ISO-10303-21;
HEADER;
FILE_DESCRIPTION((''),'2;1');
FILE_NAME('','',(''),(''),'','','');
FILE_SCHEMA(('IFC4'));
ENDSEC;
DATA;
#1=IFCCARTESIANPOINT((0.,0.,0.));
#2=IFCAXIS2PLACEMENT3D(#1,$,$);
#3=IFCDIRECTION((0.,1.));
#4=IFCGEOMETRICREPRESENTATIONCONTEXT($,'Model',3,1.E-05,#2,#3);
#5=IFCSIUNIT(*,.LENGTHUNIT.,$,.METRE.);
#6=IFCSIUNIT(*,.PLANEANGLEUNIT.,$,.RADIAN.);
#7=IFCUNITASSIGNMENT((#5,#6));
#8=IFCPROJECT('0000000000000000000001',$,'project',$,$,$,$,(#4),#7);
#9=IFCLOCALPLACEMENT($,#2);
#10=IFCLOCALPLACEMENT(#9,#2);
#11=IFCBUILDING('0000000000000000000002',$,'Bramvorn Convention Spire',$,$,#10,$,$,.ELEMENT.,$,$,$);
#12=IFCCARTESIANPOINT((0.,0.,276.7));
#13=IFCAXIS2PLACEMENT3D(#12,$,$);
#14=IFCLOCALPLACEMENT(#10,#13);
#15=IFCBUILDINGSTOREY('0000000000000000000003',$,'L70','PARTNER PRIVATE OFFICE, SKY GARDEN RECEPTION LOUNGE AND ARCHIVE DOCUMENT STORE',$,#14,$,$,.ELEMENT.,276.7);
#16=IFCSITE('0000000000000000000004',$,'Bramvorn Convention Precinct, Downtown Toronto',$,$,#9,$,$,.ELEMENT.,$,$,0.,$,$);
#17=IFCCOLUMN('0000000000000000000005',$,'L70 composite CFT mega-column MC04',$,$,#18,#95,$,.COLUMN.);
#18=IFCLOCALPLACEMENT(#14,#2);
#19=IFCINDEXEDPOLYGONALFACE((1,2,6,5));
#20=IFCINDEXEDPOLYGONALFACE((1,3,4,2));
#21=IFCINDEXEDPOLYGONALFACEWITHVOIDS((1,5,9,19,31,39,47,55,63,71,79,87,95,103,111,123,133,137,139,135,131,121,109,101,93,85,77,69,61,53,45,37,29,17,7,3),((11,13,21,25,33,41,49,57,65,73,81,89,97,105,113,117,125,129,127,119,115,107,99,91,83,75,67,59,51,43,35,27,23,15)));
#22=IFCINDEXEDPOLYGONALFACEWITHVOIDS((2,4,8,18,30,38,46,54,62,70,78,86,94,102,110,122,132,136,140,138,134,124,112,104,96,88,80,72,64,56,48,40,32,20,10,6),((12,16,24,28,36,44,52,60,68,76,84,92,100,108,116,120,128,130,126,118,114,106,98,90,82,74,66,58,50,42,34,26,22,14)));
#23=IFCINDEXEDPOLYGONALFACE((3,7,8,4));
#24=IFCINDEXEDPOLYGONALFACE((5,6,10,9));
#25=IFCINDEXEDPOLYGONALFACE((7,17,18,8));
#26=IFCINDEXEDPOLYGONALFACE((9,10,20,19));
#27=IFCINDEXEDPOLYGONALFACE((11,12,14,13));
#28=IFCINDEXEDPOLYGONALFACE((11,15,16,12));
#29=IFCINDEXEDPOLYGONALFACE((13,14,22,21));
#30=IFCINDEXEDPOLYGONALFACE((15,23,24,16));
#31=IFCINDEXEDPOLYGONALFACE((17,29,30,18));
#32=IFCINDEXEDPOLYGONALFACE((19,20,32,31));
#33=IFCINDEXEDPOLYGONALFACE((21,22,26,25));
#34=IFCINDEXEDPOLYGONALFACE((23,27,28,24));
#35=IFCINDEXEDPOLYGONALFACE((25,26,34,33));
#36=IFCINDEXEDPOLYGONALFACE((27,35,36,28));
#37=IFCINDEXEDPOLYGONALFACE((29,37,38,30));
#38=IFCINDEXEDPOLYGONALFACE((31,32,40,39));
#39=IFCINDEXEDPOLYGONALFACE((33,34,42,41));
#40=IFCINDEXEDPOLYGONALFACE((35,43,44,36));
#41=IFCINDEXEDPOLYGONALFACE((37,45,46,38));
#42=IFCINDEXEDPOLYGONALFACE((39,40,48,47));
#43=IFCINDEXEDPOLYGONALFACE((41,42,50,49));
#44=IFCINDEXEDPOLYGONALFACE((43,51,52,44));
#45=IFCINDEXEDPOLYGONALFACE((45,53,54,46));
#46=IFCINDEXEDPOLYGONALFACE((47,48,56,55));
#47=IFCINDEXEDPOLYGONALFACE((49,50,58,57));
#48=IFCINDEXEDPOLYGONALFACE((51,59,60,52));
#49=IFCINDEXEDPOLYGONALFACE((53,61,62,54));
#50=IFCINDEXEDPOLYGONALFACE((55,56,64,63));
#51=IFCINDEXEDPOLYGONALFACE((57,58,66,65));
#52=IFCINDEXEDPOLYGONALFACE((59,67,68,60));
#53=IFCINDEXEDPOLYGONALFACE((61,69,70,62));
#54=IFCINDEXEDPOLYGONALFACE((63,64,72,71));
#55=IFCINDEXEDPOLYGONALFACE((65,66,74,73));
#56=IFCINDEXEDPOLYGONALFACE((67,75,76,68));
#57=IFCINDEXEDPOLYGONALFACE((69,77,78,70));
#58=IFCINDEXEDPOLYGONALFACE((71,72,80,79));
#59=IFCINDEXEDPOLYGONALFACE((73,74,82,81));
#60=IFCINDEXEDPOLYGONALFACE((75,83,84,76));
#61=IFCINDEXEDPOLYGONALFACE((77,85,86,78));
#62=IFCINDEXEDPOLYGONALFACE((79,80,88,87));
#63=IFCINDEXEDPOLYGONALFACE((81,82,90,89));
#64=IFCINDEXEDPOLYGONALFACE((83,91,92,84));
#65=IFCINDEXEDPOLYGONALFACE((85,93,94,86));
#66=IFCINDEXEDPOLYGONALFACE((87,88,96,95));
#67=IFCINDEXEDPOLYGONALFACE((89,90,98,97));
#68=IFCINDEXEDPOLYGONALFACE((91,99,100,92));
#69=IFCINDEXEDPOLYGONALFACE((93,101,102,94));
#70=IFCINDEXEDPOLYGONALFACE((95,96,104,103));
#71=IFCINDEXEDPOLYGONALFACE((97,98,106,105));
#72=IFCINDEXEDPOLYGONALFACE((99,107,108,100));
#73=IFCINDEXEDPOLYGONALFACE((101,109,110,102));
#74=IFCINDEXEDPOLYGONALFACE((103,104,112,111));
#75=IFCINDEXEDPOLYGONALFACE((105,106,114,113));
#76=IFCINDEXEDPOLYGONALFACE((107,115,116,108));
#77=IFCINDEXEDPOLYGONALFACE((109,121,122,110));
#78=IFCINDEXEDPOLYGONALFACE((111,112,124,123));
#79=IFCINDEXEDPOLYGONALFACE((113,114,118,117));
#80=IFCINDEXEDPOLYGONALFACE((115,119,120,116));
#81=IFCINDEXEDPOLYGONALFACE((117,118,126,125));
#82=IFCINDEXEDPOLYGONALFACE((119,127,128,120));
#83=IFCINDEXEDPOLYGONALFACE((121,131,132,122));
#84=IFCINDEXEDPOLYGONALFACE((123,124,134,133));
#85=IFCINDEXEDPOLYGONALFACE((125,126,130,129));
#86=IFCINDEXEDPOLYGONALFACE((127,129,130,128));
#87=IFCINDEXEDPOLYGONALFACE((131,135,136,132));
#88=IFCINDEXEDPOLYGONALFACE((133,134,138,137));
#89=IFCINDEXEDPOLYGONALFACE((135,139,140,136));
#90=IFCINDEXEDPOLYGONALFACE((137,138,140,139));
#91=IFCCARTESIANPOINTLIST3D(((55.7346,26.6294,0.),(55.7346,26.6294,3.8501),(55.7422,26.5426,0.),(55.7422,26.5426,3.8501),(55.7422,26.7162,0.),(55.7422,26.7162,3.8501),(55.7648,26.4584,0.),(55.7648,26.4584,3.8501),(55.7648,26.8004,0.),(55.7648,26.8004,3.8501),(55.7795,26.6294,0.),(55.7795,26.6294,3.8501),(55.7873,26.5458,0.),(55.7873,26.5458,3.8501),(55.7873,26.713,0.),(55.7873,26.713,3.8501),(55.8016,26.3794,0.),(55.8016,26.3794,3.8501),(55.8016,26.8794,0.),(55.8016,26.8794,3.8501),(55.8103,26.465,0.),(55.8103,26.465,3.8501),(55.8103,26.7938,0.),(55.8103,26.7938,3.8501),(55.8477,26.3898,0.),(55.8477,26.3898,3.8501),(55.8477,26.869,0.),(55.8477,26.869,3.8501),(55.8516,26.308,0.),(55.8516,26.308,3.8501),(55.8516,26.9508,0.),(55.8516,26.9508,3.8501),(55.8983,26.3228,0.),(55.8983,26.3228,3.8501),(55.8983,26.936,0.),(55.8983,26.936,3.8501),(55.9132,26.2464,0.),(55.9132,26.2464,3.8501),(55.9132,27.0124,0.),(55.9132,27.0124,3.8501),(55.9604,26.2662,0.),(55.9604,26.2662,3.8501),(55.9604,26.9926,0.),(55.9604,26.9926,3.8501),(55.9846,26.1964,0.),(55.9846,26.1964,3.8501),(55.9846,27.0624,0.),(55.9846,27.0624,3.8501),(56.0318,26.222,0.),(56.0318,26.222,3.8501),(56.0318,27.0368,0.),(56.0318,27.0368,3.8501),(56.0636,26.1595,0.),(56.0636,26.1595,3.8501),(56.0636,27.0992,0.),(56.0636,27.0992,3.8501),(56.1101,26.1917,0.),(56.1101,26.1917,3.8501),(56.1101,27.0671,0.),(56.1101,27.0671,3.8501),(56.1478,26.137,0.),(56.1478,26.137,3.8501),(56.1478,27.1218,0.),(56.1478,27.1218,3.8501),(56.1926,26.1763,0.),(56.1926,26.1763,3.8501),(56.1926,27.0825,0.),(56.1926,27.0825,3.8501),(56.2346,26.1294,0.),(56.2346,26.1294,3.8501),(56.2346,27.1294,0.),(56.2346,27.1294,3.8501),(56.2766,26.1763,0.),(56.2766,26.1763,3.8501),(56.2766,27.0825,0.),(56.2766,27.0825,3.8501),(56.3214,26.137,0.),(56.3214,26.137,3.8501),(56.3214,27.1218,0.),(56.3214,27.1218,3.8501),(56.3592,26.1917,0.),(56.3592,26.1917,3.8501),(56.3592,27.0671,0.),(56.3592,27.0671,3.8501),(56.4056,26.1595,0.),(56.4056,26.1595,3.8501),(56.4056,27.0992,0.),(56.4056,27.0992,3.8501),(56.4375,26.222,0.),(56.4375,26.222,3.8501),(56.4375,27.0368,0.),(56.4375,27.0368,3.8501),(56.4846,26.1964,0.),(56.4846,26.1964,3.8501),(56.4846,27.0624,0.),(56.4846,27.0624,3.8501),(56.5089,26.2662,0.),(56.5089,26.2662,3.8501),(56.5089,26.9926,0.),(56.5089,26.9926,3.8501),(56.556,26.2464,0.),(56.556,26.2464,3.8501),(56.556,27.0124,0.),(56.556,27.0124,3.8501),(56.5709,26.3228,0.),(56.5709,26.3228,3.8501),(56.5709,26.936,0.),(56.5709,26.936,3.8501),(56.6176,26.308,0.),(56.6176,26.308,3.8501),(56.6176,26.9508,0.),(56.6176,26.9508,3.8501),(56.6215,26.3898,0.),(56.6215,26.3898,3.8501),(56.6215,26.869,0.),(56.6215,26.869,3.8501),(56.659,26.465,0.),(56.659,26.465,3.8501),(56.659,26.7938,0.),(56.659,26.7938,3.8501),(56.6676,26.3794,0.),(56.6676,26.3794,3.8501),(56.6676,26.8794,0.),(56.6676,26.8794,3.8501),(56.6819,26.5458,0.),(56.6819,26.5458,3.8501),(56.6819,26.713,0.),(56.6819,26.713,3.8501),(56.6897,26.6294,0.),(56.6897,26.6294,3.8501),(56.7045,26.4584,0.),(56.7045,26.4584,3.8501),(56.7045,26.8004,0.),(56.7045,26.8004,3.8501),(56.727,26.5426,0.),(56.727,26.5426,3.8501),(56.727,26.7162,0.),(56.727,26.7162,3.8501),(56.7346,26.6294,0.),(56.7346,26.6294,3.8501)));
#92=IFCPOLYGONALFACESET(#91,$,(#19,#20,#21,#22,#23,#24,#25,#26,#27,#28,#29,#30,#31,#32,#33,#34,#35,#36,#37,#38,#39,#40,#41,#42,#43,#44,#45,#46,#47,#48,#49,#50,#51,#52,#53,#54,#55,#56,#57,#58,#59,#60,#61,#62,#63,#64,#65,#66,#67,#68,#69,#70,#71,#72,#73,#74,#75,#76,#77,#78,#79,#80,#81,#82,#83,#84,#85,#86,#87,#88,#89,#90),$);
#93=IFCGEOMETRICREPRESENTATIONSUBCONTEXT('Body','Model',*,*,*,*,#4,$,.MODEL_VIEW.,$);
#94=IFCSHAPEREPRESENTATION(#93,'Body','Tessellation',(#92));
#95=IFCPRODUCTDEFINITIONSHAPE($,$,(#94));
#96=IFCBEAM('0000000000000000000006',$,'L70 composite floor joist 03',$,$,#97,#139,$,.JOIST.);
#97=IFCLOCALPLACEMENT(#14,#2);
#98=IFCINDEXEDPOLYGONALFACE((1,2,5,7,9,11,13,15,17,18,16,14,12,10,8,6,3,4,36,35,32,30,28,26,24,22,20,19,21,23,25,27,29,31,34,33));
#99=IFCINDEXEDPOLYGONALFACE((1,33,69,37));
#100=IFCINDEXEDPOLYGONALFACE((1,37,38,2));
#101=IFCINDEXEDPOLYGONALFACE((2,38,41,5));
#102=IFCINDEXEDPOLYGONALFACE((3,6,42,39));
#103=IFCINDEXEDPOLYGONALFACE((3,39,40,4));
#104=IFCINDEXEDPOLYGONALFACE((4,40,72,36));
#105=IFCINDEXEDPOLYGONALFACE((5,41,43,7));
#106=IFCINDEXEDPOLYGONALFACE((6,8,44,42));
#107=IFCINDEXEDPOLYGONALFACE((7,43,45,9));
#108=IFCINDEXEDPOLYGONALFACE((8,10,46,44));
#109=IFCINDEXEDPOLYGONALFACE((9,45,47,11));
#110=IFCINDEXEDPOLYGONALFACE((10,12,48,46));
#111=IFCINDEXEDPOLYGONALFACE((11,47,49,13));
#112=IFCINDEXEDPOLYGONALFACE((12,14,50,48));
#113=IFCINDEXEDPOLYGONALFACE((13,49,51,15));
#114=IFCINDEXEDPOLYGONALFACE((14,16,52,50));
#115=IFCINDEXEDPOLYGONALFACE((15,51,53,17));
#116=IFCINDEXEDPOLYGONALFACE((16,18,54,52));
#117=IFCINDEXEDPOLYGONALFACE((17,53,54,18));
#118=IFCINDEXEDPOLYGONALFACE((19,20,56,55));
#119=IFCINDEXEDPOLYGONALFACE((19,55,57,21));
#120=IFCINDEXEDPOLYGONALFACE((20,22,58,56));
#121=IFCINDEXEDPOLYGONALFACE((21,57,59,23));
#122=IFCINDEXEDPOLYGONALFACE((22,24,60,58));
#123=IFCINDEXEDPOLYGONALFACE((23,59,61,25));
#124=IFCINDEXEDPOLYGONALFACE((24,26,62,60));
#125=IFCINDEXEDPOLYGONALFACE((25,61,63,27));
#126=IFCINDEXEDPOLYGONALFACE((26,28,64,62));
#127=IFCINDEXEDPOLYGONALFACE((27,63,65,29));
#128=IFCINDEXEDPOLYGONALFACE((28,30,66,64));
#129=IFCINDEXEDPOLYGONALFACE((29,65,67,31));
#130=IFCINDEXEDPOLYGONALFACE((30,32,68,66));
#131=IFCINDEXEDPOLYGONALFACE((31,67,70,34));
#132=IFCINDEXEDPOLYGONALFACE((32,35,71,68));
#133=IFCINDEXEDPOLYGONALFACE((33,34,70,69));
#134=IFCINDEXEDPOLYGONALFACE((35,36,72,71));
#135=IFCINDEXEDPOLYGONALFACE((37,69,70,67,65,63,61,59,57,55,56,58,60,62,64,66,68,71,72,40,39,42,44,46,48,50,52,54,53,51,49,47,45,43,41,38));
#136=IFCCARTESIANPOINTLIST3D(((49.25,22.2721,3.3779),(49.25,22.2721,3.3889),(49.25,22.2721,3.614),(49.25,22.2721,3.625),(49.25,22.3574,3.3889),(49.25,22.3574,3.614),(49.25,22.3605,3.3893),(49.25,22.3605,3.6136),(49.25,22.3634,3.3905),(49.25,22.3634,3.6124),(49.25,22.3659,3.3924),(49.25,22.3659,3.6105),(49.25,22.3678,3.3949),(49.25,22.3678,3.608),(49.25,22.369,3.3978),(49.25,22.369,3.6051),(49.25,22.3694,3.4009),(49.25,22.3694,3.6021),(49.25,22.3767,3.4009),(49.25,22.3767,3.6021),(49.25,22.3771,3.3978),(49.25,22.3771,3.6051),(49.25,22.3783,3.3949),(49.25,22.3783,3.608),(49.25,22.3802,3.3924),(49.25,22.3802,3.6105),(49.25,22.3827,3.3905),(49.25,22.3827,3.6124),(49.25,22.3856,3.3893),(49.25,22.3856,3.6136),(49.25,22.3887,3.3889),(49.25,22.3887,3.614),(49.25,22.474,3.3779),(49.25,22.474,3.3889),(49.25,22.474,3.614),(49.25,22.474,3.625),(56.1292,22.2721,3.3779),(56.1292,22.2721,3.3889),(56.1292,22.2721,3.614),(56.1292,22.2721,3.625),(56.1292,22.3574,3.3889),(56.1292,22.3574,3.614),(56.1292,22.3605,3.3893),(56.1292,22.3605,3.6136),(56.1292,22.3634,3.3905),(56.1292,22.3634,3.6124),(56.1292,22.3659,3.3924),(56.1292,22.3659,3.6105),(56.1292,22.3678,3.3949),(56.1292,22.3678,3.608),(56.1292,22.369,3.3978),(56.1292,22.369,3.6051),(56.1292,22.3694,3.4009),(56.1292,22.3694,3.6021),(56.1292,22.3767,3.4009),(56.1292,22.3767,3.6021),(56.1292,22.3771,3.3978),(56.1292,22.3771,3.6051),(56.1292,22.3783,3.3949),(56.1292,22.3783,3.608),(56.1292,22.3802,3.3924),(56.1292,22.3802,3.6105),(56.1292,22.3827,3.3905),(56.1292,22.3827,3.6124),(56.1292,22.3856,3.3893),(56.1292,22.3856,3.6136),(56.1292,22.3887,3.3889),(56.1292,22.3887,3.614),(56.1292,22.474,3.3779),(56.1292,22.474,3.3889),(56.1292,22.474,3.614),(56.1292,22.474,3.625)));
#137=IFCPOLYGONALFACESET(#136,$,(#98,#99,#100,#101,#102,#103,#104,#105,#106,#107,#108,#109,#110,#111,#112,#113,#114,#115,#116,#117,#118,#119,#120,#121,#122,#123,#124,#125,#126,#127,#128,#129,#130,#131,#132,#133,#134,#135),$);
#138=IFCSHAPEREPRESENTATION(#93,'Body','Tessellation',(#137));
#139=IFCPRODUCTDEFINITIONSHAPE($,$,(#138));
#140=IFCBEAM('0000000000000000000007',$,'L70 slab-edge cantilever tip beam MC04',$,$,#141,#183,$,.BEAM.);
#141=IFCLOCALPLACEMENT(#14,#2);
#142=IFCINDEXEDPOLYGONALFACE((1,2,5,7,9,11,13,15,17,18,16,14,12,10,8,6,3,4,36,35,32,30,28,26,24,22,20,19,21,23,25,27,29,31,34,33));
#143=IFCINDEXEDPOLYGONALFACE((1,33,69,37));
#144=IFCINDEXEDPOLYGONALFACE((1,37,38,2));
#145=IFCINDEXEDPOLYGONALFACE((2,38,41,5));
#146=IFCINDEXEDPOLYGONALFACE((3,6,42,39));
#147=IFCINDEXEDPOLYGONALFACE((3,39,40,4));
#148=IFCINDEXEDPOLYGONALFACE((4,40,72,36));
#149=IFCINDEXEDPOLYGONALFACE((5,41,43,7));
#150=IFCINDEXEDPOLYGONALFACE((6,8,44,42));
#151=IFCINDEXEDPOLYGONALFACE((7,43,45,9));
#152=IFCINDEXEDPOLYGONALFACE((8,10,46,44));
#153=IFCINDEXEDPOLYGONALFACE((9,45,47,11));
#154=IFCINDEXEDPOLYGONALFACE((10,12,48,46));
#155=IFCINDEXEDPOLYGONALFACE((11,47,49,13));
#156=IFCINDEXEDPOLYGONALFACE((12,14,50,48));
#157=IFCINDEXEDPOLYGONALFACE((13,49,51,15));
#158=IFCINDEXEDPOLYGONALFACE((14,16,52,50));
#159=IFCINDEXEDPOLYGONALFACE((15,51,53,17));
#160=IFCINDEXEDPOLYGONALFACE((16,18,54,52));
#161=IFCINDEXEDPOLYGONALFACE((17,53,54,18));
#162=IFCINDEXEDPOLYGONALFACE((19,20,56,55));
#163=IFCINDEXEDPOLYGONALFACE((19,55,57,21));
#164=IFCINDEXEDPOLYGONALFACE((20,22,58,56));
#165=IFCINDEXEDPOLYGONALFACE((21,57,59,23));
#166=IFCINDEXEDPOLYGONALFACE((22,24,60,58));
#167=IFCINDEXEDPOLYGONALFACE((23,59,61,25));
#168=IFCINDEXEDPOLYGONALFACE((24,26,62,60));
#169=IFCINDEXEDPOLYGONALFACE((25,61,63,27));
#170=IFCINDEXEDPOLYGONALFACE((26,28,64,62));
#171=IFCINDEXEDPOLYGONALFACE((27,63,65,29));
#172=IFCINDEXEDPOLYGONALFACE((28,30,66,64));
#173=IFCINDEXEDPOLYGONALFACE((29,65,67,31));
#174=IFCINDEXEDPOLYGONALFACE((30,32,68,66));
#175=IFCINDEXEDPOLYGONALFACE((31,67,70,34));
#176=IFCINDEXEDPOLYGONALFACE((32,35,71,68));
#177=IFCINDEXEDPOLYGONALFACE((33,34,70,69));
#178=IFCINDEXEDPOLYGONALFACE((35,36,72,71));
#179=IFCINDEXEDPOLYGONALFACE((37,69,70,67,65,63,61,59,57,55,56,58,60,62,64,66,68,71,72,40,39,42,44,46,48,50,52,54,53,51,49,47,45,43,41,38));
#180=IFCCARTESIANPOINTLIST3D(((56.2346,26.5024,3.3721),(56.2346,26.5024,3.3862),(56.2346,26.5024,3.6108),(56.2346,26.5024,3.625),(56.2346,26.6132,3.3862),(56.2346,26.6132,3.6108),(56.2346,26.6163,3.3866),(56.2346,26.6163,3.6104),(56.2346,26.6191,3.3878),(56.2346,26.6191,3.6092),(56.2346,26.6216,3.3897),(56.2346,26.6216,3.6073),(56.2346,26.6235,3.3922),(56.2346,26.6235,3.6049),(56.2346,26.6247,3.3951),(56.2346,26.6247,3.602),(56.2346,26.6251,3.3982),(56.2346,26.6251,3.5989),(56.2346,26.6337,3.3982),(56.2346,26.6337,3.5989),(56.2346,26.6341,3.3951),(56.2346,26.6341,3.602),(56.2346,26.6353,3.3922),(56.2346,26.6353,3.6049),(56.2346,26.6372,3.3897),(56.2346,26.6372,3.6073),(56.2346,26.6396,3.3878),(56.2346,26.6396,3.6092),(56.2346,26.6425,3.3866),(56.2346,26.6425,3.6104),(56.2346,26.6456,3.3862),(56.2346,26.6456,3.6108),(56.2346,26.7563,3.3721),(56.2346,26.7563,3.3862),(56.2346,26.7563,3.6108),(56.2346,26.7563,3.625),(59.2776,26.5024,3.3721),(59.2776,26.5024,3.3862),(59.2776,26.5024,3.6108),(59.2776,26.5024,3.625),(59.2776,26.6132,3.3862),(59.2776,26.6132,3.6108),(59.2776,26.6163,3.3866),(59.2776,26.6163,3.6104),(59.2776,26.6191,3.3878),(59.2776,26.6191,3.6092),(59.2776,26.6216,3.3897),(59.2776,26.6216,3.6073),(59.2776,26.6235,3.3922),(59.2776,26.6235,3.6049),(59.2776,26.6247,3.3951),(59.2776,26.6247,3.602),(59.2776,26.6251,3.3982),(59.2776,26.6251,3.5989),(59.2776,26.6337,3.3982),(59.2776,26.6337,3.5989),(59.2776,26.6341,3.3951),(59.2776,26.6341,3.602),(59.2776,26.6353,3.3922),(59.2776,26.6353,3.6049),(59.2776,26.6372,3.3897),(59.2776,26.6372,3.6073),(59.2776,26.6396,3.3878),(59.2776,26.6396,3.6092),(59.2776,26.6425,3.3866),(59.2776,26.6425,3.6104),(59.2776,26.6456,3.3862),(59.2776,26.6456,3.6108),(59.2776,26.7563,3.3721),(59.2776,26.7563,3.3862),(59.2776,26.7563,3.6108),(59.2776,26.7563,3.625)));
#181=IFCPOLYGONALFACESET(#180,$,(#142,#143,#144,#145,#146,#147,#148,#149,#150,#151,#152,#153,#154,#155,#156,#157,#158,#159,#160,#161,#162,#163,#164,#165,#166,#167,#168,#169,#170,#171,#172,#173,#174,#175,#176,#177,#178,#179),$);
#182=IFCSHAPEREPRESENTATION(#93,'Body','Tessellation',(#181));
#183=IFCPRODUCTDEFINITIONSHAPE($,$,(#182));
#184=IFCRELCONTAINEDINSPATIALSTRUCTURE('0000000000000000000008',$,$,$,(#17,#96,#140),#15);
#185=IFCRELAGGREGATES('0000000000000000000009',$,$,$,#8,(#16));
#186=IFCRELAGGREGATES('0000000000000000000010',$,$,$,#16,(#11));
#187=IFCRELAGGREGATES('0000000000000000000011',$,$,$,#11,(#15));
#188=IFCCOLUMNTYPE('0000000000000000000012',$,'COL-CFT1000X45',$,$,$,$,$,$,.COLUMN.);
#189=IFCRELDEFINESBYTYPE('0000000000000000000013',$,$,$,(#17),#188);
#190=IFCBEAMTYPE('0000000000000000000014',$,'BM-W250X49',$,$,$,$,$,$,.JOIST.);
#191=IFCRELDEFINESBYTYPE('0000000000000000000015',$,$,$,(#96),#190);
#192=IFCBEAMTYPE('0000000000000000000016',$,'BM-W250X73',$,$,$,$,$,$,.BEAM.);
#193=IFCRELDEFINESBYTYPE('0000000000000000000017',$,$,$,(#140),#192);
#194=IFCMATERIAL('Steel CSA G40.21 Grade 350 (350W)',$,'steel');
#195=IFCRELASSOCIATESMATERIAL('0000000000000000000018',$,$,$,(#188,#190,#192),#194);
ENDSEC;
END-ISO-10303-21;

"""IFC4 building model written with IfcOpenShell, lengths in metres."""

from ifc_helpers import new_model, si_unit, direction, frame, origin, origin_2d, place, context, subcontext, project, spatial, hollow_circle, i_section, extrude, material, material_profile, profile_set, type_object, element, save


model = new_model("IFC4")

# Units and contexts
model_context = context("Model", 3, precision=1e-05, world=origin(), true_north=direction((0.0, 1.0)))
body_context = subcontext(model_context, "Body", "Model", "MODEL_VIEW")
ifc_project = project(units=[si_unit("LENGTHUNIT", "METRE"), si_unit("PLANEANGLEUNIT", "RADIAN")], contexts=[model_context])

# Site, building, storey
site_placement = place(None, origin())
site = spatial("IfcSite", under=ifc_project, at=site_placement, Name="Bramvorn Convention Precinct, Downtown Toronto", CompositionType="ELEMENT", RefElevation=0.0)
building_placement = place(site_placement, origin())
building = spatial("IfcBuilding", under=site, at=building_placement, Name="Bramvorn Convention Spire", CompositionType="ELEMENT")
storey_placement = place(building_placement, frame((0.0, 0.0, 276.7)))
storey = spatial("IfcBuildingStorey", under=building, at=storey_placement, Name="L70", Description="PARTNER PRIVATE OFFICE, SKY GARDEN RECEPTION LOUNGE AND ARCHIVE DOCUMENT STORE", CompositionType="ELEMENT", Elevation=276.7)

# Column
ifc_material_1 = material(Name="Steel CSA G40.21 Grade 350 (350W)", Category="steel")
ifc_material_profile_1 = material_profile(ifc_material_1, hollow_circle(Radius=0.5, WallThickness=0.0449, at=origin_2d()))
ifc_profile_set_1 = profile_set([ifc_material_profile_1], Name="Steel CSA G40.21 Grade 350 (350W) - CFT1000X45")
column_type = type_object("IfcColumnType", Name="COL-CFT1000X45", PredefinedType="COLUMN", material=ifc_profile_set_1)
column_placement = place(storey_placement, frame((56.2346, 26.6294, 0.0), z_axis=(0.0, 0.0, 1.0), x_axis=(1.0, 0.0, 0.0)))
element("IfcColumn", 1, at=column_placement, inside=storey, type_object=column_type, Name="L70 composite CFT mega-column MC04", PredefinedType="COLUMN", context=body_context, shape_type="SweptSolid", body=[
    extrude(hollow_circle(Radius=0.5, WallThickness=0.0449, at=origin_2d()), origin(), (0.0, 0.0, 1.0), 3.8501),
])

# Beams
ifc_material_profile_2 = material_profile(ifc_material_1, i_section(OverallWidth=0.2019, OverallDepth=0.2471, WebThickness=0.0073, FlangeThickness=0.011, FilletRadius=0.012, at=origin_2d()))
ifc_profile_set_2 = profile_set([ifc_material_profile_2], Name="Steel CSA G40.21 Grade 350 (350W) - W250X49")
beam_type_1 = type_object("IfcBeamType", Name="BM-W250X49", PredefinedType="JOIST", material=ifc_profile_set_2)
beam_1_placement = place(storey_placement, frame((49.25, 22.373, 3.5015), z_axis=(1.0, 0.0, 0.0), x_axis=(0.0, 1.0, 0.0)))
element("IfcBeam", 2, at=beam_1_placement, inside=storey, type_object=beam_type_1, Name="L70 composite floor joist 03", PredefinedType="JOIST", context=body_context, shape_type="SweptSolid", body=[
    extrude(i_section(OverallWidth=0.2019, OverallDepth=0.2471, WebThickness=0.0073, FlangeThickness=0.011, FilletRadius=0.012, at=origin_2d()), origin(), (0.0, 0.0, 1.0), 6.8792),
])
ifc_material_profile_3 = material_profile(ifc_material_1, i_section(OverallWidth=0.2539, OverallDepth=0.2529, WebThickness=0.0085, FlangeThickness=0.0142, FilletRadius=0.012, at=origin_2d()))
ifc_profile_set_3 = profile_set([ifc_material_profile_3], Name="Steel CSA G40.21 Grade 350 (350W) - W250X73")
beam_type_2 = type_object("IfcBeamType", Name="BM-W250X73", PredefinedType="BEAM", material=ifc_profile_set_3)
beam_2_placement = place(storey_placement, frame((56.2346, 26.6294, 3.4985), z_axis=(1.0, 0.0, 0.0), x_axis=(0.0, 1.0, 0.0)))
element("IfcBeam", 3, at=beam_2_placement, inside=storey, type_object=beam_type_2, Name="L70 slab-edge cantilever tip beam MC04", PredefinedType="BEAM", context=body_context, shape_type="SweptSolid", body=[
    extrude(i_section(OverallWidth=0.2539, OverallDepth=0.2529, WebThickness=0.0085, FlangeThickness=0.0142, FilletRadius=0.012, at=origin_2d()), origin(), (0.0, 0.0, 1.0), 3.043),
])

save(model, "model.ifc")
